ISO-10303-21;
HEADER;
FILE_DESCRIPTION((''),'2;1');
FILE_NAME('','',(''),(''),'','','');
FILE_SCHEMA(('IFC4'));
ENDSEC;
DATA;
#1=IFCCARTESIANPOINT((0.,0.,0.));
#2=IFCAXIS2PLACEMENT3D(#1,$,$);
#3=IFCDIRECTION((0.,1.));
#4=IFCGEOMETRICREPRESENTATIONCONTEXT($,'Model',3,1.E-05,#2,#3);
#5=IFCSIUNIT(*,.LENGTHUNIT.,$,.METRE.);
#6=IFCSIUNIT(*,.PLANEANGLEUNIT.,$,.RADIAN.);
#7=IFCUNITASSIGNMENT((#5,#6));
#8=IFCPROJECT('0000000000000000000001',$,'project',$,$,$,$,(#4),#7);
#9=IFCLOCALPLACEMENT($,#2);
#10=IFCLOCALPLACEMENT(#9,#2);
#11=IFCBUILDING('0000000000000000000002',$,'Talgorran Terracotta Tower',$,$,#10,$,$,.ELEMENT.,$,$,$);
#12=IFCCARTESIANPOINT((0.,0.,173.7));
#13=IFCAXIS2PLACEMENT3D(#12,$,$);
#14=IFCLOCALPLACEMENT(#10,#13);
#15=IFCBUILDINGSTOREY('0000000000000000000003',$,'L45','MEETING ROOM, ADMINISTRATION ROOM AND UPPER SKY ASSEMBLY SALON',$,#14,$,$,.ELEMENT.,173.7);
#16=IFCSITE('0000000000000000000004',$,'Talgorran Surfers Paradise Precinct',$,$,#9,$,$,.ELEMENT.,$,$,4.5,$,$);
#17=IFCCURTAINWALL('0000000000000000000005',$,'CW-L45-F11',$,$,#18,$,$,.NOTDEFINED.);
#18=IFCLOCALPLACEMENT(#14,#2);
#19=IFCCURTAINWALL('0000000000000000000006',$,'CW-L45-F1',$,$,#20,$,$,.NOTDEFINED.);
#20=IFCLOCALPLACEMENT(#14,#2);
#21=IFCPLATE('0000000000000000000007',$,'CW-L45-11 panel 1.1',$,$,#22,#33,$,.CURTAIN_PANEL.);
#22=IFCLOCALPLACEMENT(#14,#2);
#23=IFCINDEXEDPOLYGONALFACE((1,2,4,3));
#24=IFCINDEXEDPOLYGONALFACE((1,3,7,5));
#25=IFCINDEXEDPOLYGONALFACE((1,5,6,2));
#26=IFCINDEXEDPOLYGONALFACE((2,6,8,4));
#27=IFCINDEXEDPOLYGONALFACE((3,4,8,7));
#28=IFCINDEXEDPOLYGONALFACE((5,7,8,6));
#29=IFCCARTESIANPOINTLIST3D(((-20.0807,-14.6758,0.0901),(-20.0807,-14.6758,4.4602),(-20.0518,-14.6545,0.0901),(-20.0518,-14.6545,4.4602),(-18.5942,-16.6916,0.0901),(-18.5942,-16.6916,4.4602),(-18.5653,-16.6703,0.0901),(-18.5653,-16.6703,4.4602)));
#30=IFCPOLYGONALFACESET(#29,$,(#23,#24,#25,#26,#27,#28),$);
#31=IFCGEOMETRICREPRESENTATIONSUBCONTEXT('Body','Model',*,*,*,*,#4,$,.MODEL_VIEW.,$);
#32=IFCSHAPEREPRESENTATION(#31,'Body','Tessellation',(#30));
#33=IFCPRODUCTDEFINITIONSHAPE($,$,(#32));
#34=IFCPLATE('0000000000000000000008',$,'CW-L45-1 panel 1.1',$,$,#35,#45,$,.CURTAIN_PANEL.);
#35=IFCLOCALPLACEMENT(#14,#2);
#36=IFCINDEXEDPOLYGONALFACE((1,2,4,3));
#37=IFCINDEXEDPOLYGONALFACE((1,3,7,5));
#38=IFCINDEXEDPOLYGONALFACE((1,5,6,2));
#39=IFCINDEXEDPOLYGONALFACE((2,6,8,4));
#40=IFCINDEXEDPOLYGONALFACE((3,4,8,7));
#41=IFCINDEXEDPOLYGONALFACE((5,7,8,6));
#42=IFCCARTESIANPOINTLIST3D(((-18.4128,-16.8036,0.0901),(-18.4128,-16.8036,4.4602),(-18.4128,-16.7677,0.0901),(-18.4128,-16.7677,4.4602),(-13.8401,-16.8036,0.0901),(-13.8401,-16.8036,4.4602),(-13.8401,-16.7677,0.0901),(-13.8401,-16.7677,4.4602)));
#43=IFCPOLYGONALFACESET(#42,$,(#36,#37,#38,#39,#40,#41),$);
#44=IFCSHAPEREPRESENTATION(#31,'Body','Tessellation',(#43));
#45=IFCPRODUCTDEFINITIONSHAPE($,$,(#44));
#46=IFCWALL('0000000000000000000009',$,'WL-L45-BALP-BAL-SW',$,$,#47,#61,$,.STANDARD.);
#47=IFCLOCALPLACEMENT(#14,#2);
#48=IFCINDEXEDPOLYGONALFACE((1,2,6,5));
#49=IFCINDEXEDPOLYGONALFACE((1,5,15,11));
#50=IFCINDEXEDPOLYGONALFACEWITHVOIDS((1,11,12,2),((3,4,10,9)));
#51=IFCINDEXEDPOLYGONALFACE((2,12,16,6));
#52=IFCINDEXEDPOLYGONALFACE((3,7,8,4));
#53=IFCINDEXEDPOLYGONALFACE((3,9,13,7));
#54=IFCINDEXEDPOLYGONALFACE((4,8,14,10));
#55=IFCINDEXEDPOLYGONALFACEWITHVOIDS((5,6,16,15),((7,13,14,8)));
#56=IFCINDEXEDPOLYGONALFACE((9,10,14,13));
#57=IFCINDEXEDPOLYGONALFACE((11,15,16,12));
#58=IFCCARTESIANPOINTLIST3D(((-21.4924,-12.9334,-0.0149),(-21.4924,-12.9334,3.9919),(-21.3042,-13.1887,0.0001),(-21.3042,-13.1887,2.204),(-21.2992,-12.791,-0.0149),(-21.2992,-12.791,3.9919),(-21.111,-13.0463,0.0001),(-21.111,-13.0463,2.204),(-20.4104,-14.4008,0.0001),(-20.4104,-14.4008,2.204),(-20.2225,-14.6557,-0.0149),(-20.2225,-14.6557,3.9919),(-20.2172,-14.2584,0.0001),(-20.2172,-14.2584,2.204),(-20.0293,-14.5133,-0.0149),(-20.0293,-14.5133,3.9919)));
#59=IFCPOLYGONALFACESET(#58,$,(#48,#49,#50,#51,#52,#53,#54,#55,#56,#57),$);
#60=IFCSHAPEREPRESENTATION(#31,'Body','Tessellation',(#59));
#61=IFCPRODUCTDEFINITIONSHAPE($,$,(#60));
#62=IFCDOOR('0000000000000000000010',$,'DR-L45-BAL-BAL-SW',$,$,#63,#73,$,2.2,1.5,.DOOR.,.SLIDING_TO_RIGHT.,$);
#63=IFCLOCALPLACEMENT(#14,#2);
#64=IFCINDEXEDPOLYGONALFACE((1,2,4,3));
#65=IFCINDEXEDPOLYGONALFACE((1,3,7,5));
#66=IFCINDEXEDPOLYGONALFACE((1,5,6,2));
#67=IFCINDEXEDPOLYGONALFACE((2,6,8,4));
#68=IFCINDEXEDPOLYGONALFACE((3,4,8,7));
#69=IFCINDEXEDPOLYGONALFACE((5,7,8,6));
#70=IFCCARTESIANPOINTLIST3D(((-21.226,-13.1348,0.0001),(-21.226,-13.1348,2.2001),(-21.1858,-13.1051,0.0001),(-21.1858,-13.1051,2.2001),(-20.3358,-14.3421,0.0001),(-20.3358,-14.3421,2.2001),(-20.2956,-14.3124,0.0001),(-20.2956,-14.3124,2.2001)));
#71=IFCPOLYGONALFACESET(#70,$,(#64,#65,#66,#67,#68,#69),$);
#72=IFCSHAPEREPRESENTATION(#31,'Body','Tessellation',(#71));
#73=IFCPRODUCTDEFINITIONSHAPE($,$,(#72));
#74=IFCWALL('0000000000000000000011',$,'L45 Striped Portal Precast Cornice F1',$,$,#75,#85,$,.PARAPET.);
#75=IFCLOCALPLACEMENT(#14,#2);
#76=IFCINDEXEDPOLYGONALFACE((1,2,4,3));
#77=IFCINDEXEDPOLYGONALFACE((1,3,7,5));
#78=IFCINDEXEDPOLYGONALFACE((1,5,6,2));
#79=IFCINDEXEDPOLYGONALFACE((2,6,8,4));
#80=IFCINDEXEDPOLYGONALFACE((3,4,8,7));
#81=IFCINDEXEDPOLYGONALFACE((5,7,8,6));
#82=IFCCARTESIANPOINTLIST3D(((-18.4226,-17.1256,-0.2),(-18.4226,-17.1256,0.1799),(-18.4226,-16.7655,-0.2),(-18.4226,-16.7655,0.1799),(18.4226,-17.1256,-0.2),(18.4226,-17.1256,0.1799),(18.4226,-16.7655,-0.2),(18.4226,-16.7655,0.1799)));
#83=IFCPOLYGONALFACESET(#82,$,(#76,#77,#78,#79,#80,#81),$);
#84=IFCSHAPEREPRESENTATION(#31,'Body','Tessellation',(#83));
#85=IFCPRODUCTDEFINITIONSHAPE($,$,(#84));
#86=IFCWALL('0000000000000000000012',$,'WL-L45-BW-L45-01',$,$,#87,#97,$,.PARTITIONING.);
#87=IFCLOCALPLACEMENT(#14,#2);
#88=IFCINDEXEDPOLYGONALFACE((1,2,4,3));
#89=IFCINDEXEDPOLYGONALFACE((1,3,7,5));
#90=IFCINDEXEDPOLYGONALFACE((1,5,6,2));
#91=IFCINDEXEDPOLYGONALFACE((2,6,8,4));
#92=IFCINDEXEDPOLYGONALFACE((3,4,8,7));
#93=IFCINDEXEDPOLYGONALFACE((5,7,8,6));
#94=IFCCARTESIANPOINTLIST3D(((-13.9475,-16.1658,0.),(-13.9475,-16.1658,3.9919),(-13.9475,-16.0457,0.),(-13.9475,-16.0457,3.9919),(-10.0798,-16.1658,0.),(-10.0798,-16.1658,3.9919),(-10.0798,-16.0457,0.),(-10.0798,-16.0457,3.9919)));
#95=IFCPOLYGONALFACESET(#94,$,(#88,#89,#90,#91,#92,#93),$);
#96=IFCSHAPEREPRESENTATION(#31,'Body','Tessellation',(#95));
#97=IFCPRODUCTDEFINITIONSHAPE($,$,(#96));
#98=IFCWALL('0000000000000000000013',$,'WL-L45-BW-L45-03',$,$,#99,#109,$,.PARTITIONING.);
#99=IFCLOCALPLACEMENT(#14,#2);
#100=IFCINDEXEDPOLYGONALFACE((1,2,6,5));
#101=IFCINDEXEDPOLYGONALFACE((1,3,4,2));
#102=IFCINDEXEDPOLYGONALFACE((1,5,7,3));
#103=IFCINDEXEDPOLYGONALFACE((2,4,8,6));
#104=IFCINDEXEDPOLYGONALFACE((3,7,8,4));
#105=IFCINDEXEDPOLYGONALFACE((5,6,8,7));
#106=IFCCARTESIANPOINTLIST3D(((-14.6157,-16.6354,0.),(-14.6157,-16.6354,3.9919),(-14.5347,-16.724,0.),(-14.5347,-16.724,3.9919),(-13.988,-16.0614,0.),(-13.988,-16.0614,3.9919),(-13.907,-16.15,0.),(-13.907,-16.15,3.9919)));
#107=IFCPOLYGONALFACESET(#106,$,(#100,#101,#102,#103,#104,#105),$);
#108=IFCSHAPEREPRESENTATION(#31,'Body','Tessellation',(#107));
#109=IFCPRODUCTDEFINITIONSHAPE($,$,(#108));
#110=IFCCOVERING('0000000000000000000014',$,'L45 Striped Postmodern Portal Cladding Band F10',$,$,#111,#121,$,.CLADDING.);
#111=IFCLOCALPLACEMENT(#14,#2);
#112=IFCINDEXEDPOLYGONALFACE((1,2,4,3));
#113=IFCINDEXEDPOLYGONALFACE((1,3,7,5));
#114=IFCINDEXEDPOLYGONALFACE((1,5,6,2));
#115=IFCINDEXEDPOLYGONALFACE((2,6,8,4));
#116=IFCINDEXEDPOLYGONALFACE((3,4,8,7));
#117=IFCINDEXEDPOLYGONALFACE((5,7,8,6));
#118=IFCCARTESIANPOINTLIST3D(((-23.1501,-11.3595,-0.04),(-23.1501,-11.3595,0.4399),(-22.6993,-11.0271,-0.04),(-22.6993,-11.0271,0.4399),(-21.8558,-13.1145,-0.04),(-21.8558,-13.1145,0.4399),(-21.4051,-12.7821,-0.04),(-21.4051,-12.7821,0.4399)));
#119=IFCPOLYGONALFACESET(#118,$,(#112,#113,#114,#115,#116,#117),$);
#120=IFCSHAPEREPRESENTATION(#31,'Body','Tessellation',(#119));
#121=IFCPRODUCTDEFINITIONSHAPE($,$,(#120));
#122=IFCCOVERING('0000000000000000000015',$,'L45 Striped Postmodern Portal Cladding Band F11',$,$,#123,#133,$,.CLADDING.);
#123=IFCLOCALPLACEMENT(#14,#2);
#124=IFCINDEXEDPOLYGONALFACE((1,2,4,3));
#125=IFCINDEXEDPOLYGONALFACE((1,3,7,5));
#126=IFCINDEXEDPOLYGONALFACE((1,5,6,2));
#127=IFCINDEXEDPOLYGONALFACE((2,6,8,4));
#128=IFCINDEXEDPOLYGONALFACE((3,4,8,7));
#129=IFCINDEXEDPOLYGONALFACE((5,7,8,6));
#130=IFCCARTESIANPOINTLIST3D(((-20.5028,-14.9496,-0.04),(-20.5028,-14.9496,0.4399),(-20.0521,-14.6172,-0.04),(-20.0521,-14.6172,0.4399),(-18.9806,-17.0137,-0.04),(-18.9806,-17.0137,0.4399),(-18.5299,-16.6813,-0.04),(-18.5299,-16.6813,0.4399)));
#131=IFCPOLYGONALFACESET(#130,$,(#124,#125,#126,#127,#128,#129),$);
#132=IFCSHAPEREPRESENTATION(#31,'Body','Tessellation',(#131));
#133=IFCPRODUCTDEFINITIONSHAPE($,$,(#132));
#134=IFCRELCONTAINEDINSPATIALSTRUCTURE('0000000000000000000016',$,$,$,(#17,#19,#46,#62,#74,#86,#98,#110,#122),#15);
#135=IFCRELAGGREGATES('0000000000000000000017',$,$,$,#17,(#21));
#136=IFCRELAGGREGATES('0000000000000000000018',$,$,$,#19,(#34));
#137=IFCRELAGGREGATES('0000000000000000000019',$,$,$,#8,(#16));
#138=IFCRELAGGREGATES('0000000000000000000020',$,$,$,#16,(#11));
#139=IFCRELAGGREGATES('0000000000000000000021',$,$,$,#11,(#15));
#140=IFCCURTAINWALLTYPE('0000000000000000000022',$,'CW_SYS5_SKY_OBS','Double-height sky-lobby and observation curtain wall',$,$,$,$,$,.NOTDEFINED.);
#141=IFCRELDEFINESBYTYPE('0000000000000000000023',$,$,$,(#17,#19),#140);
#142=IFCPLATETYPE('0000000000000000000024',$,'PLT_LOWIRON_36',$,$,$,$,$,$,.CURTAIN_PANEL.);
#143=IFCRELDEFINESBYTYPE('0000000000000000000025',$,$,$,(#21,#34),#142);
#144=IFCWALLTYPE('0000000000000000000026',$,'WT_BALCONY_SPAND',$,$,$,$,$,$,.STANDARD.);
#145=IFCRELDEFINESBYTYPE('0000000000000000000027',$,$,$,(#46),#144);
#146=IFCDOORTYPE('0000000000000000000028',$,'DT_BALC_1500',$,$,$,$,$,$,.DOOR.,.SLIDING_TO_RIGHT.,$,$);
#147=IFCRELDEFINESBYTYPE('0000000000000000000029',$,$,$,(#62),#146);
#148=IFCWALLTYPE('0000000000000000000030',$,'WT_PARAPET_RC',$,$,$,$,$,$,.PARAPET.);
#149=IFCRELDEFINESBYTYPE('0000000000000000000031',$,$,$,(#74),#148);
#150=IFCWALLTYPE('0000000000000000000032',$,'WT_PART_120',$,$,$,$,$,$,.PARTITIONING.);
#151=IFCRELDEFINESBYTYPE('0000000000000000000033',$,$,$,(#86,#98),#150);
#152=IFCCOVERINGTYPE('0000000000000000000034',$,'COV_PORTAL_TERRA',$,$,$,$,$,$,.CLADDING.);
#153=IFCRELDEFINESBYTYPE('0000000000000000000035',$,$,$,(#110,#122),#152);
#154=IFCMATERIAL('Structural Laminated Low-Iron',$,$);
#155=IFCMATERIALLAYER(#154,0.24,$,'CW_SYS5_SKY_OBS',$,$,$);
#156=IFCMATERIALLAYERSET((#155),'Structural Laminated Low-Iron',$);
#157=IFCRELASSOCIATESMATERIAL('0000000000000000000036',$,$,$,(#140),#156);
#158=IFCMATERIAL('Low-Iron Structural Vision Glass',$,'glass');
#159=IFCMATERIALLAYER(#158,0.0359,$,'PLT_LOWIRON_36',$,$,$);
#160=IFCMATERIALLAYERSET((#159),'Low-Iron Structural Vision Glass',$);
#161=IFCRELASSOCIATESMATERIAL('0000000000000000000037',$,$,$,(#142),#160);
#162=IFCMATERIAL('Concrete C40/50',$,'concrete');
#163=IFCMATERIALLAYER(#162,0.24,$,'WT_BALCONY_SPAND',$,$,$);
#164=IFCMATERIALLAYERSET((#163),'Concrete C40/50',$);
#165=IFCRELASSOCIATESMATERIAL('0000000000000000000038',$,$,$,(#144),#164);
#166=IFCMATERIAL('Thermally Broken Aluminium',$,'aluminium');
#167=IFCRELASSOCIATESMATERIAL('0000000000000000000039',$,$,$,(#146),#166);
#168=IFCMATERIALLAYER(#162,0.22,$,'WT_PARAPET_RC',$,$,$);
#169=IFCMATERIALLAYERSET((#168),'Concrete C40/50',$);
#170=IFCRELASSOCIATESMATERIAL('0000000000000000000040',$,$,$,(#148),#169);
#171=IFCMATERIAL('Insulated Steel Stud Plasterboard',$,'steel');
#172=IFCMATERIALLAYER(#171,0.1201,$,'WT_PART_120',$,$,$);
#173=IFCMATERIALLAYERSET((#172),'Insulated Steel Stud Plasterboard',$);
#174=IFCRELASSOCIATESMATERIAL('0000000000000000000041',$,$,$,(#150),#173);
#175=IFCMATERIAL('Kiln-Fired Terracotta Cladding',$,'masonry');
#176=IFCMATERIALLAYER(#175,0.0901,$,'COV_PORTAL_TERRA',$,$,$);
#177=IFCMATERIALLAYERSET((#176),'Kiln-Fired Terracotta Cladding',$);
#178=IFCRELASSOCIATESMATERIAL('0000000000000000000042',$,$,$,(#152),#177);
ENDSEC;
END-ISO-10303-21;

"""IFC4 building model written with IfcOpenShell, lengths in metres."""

from ifc_helpers import new_model, si_unit, direction, frame, frame_2d, origin, origin_2d, place, context, subcontext, project, spatial, rectangle, extrude, source, transform, mapped, material, layer, layer_set, type_object, element, fill, aggregate, save


model = new_model("IFC4")

# Units and contexts
model_context = context("Model", 3, precision=1e-05, world=origin(), true_north=direction((0.0, 1.0)))
body_context = subcontext(model_context, "Body", "Model", "MODEL_VIEW")
ifc_project = project(units=[si_unit("LENGTHUNIT", "METRE"), si_unit("PLANEANGLEUNIT", "RADIAN")], contexts=[model_context])

# Site, building, storey
site_placement = place(None, origin())
site = spatial("IfcSite", under=ifc_project, at=site_placement, Name="Talgorran Surfers Paradise Precinct", CompositionType="ELEMENT", RefElevation=4.5)
building_placement = place(site_placement, origin())
building = spatial("IfcBuilding", under=site, at=building_placement, Name="Talgorran Terracotta Tower", CompositionType="ELEMENT")
storey_placement = place(building_placement, frame((0.0, 0.0, 173.7)))
storey = spatial("IfcBuildingStorey", under=building, at=storey_placement, Name="L45", Description="MEETING ROOM, ADMINISTRATION ROOM AND UPPER SKY ASSEMBLY SALON", CompositionType="ELEMENT", Elevation=173.7)

# Shared definitions
ifc_material_1 = material(Name="Structural Laminated Low-Iron")
ifc_layer_1 = layer(ifc_material_1, 0.24, Name="CW_SYS5_SKY_OBS")
ifc_layer_set_1 = layer_set([ifc_layer_1], Name="Structural Laminated Low-Iron")
curtain_wall_type = type_object("IfcCurtainWallType", Name="CW_SYS5_SKY_OBS", Description="Double-height sky-lobby and observation curtain wall", PredefinedType="NOTDEFINED", material=ifc_layer_set_1)

# Curtain wall
curtain_wall_1_placement = place(storey_placement, origin())
curtain_wall_1 = element("IfcCurtainWall", 1, at=curtain_wall_1_placement, inside=storey, type_object=curtain_wall_type, Name="CW-L45-F11", PredefinedType="NOTDEFINED")

# Curtain wall
curtain_wall_2_placement = place(storey_placement, origin())
curtain_wall_2 = element("IfcCurtainWall", 2, at=curtain_wall_2_placement, inside=storey, type_object=curtain_wall_type, Name="CW-L45-F1", PredefinedType="NOTDEFINED")

# Plates
ifc_material_2 = material(Name="Low-Iron Structural Vision Glass", Category="glass")
ifc_layer_2 = layer(ifc_material_2, 0.0359, Name="PLT_LOWIRON_36")
ifc_layer_set_2 = layer_set([ifc_layer_2], Name="Low-Iron Structural Vision Glass")
plate_type = type_object("IfcPlateType", Name="PLT_LOWIRON_36", PredefinedType="CURTAIN_PANEL", material=ifc_layer_set_2)
shared_shape_1 = source(origin(), body_context, "Body", "SweptSolid", [
    extrude(rectangle(XDim=2.5046, YDim=0.0359, at=origin_2d()), origin(), (0.0, 0.0, 1.0), 4.3701),
])
plate_1_placement = place(storey_placement, frame((-19.323, -15.6731, 0.0901), z_axis=(0.0, 0.0, 1.0), x_axis=(0.593514, -0.804824, 0.0)))
plate_1 = element("IfcPlate", 3, at=plate_1_placement, type_object=plate_type, Name="CW-L45-11 panel 1.1", PredefinedType="CURTAIN_PANEL", context=body_context, shape_type="MappedRepresentation", body=[
    mapped(shared_shape_1, transform((0.0, 0.0, 0.0), scale=1.0)),
])
aggregate(curtain_wall_1, [plate_1])
shared_shape_2 = source(origin(), body_context, "Body", "SweptSolid", [
    extrude(rectangle(XDim=4.5728, YDim=0.0359, at=origin_2d()), origin(), (0.0, 0.0, 1.0), 4.3701),
])
plate_2_placement = place(storey_placement, frame((-16.1265, -16.7856, 0.0901), z_axis=(0.0, 0.0, 1.0), x_axis=(1.0, 0.0, 0.0)))
plate_2 = element("IfcPlate", 4, at=plate_2_placement, type_object=plate_type, Name="CW-L45-1 panel 1.1", PredefinedType="CURTAIN_PANEL", context=body_context, shape_type="MappedRepresentation", body=[
    mapped(shared_shape_2, transform((0.0, 0.0, 0.0), scale=1.0)),
])
aggregate(curtain_wall_2, [plate_2])

# Wall, opening, door
ifc_material_3 = material(Name="Concrete C40/50", Category="concrete")
ifc_layer_3 = layer(ifc_material_3, 0.24, Name="WT_BALCONY_SPAND")
ifc_layer_set_3 = layer_set([ifc_layer_3], Name="Concrete C40/50")
wall_type_1 = type_object("IfcWallType", Name="WT_BALCONY_SPAND", PredefinedType="STANDARD", material=ifc_layer_set_3)
wall_1_placement = place(storey_placement, frame((-21.3958, -12.8623, -0.0149), z_axis=(0.0, 0.0, 1.0), x_axis=(0.593464, -0.804861, 0.0)))
wall_1 = element("IfcWall", 5, at=wall_1_placement, inside=storey, type_object=wall_type_1, Name="WL-L45-BALP-BAL-SW", PredefinedType="STANDARD", context=body_context, shape_type="SweptSolid", body=[
    extrude(rectangle(XDim=2.1399, YDim=0.24, at=frame_2d((1.0698, 0.0))), origin(), (0.0, 0.0, 1.0), 4.0068),
])
opening_placement = place(wall_1_placement, frame((0.3201, 0.0, 0.0149)))
opening = element("IfcOpeningElement", 6, at=opening_placement, cuts=wall_1, PredefinedType="OPENING", context=body_context, shape_type="SweptSolid", body=[
    extrude(rectangle(XDim=1.506, YDim=2.204, at=frame_2d((0.75, 1.1021))), frame((0.0, 0.1299, 0.0), z_axis=(0.0, -1.0, 0.0), x_axis=(1.0, 0.0, 0.0)), (0.0, 0.0, 1.0), 0.26),
])
ifc_material_4 = material(Name="Thermally Broken Aluminium", Category="aluminium")
door_type = type_object("IfcDoorType", Name="DT_BALC_1500", OperationType="SLIDING_TO_RIGHT", PredefinedType="DOOR", material=ifc_material_4)
door_placement = place(opening_placement, origin())
door = element("IfcDoor", 7, at=door_placement, inside=storey, type_object=door_type, Name="DR-L45-BAL-BAL-SW", OperationType="SLIDING_TO_RIGHT", OverallHeight=2.2, OverallWidth=1.5, PredefinedType="DOOR", context=body_context, shape_type="SweptSolid", body=[
    extrude(rectangle(XDim=1.5, YDim=2.2, at=frame_2d((0.75, 1.1001))), frame((0.0, 0.0249, 0.0), z_axis=(0.0, -1.0, 0.0), x_axis=(1.0, 0.0, 0.0)), (0.0, 0.0, 1.0), 0.05),
])
fill(opening, door)

# Walls
ifc_layer_4 = layer(ifc_material_3, 0.22, Name="WT_PARAPET_RC")
ifc_layer_set_4 = layer_set([ifc_layer_4], Name="Concrete C40/50")
wall_type_2 = type_object("IfcWallType", Name="WT_PARAPET_RC", PredefinedType="PARAPET", material=ifc_layer_set_4)
wall_2_placement = place(storey_placement, frame((-18.4226, -16.9456, -0.2), z_axis=(0.0, 0.0, 1.0), x_axis=(1.0, 0.0, 0.0)))
element("IfcWall", 8, at=wall_2_placement, inside=storey, type_object=wall_type_2, Name="L45 Striped Portal Precast Cornice F1", PredefinedType="PARAPET", context=body_context, shape_type="SweptSolid", body=[
    extrude(rectangle(XDim=36.8452, YDim=0.3601, at=frame_2d((18.4226, 0.0))), origin(), (0.0, 0.0, 1.0), 0.3799),
])
ifc_material_5 = material(Name="Insulated Steel Stud Plasterboard", Category="steel")
ifc_layer_5 = layer(ifc_material_5, 0.1201, Name="WT_PART_120")
ifc_layer_set_5 = layer_set([ifc_layer_5], Name="Insulated Steel Stud Plasterboard")
wall_type_3 = type_object("IfcWallType", Name="WT_PART_120", PredefinedType="PARTITIONING", material=ifc_layer_set_5)
wall_3_placement = place(storey_placement, frame((-13.9475, -16.1057, 0.0), z_axis=(0.0, 0.0, 1.0), x_axis=(1.0, 0.0, 0.0)))
element("IfcWall", 9, at=wall_3_placement, inside=storey, type_object=wall_type_3, Name="WL-L45-BW-L45-01", PredefinedType="PARTITIONING", context=body_context, shape_type="SweptSolid", body=[
    extrude(rectangle(XDim=3.8677, YDim=0.1201, at=frame_2d((1.9338, 0.0))), origin(), (0.0, 0.0, 1.0), 3.9919),
])
wall_4_placement = place(storey_placement, frame((-14.5752, -16.6797, 0.0), z_axis=(0.0, 0.0, 1.0), x_axis=(0.737976, 0.674827, 0.0)))
element("IfcWall", 10, at=wall_4_placement, inside=storey, type_object=wall_type_3, Name="WL-L45-BW-L45-03", PredefinedType="PARTITIONING", context=body_context, shape_type="SweptSolid", body=[
    extrude(rectangle(XDim=0.8506, YDim=0.1201, at=frame_2d((0.4253, 0.0))), origin(), (0.0, 0.0, 1.0), 3.9919),
])

# Coverings
ifc_material_6 = material(Name="Kiln-Fired Terracotta Cladding", Category="masonry")
ifc_layer_6 = layer(ifc_material_6, 0.0901, Name="COV_PORTAL_TERRA")
ifc_layer_set_6 = layer_set([ifc_layer_6], Name="Kiln-Fired Terracotta Cladding")
covering_type = type_object("IfcCoveringType", Name="COV_PORTAL_TERRA", PredefinedType="CLADDING", material=ifc_layer_set_6)
covering_1_placement = place(storey_placement, frame((-22.2776, -12.0708, -0.04), z_axis=(0.0, 0.0, 1.0), x_axis=(0.593503, -0.804832, 0.0)))
element("IfcCovering", 11, at=covering_1_placement, inside=storey, type_object=covering_type, Name="L45 Striped Postmodern Portal Cladding Band F10", PredefinedType="CLADDING", context=body_context, shape_type="SweptSolid", body=[
    extrude(rectangle(XDim=2.1807, YDim=0.5601, at=origin_2d()), origin(), (0.0, 0.0, 1.0), 0.48),
])
covering_2_placement = place(storey_placement, frame((-19.5164, -15.8154, -0.04), z_axis=(0.0, 0.0, 1.0), x_axis=(0.593517, -0.804821, 0.0)))
element("IfcCovering", 12, at=covering_2_placement, inside=storey, type_object=covering_type, Name="L45 Striped Postmodern Portal Cladding Band F11", PredefinedType="CLADDING", context=body_context, shape_type="SweptSolid", body=[
    extrude(rectangle(XDim=2.5647, YDim=0.5601, at=origin_2d()), origin(), (0.0, 0.0, 1.0), 0.48),
])

save(model, "model.ifc")
